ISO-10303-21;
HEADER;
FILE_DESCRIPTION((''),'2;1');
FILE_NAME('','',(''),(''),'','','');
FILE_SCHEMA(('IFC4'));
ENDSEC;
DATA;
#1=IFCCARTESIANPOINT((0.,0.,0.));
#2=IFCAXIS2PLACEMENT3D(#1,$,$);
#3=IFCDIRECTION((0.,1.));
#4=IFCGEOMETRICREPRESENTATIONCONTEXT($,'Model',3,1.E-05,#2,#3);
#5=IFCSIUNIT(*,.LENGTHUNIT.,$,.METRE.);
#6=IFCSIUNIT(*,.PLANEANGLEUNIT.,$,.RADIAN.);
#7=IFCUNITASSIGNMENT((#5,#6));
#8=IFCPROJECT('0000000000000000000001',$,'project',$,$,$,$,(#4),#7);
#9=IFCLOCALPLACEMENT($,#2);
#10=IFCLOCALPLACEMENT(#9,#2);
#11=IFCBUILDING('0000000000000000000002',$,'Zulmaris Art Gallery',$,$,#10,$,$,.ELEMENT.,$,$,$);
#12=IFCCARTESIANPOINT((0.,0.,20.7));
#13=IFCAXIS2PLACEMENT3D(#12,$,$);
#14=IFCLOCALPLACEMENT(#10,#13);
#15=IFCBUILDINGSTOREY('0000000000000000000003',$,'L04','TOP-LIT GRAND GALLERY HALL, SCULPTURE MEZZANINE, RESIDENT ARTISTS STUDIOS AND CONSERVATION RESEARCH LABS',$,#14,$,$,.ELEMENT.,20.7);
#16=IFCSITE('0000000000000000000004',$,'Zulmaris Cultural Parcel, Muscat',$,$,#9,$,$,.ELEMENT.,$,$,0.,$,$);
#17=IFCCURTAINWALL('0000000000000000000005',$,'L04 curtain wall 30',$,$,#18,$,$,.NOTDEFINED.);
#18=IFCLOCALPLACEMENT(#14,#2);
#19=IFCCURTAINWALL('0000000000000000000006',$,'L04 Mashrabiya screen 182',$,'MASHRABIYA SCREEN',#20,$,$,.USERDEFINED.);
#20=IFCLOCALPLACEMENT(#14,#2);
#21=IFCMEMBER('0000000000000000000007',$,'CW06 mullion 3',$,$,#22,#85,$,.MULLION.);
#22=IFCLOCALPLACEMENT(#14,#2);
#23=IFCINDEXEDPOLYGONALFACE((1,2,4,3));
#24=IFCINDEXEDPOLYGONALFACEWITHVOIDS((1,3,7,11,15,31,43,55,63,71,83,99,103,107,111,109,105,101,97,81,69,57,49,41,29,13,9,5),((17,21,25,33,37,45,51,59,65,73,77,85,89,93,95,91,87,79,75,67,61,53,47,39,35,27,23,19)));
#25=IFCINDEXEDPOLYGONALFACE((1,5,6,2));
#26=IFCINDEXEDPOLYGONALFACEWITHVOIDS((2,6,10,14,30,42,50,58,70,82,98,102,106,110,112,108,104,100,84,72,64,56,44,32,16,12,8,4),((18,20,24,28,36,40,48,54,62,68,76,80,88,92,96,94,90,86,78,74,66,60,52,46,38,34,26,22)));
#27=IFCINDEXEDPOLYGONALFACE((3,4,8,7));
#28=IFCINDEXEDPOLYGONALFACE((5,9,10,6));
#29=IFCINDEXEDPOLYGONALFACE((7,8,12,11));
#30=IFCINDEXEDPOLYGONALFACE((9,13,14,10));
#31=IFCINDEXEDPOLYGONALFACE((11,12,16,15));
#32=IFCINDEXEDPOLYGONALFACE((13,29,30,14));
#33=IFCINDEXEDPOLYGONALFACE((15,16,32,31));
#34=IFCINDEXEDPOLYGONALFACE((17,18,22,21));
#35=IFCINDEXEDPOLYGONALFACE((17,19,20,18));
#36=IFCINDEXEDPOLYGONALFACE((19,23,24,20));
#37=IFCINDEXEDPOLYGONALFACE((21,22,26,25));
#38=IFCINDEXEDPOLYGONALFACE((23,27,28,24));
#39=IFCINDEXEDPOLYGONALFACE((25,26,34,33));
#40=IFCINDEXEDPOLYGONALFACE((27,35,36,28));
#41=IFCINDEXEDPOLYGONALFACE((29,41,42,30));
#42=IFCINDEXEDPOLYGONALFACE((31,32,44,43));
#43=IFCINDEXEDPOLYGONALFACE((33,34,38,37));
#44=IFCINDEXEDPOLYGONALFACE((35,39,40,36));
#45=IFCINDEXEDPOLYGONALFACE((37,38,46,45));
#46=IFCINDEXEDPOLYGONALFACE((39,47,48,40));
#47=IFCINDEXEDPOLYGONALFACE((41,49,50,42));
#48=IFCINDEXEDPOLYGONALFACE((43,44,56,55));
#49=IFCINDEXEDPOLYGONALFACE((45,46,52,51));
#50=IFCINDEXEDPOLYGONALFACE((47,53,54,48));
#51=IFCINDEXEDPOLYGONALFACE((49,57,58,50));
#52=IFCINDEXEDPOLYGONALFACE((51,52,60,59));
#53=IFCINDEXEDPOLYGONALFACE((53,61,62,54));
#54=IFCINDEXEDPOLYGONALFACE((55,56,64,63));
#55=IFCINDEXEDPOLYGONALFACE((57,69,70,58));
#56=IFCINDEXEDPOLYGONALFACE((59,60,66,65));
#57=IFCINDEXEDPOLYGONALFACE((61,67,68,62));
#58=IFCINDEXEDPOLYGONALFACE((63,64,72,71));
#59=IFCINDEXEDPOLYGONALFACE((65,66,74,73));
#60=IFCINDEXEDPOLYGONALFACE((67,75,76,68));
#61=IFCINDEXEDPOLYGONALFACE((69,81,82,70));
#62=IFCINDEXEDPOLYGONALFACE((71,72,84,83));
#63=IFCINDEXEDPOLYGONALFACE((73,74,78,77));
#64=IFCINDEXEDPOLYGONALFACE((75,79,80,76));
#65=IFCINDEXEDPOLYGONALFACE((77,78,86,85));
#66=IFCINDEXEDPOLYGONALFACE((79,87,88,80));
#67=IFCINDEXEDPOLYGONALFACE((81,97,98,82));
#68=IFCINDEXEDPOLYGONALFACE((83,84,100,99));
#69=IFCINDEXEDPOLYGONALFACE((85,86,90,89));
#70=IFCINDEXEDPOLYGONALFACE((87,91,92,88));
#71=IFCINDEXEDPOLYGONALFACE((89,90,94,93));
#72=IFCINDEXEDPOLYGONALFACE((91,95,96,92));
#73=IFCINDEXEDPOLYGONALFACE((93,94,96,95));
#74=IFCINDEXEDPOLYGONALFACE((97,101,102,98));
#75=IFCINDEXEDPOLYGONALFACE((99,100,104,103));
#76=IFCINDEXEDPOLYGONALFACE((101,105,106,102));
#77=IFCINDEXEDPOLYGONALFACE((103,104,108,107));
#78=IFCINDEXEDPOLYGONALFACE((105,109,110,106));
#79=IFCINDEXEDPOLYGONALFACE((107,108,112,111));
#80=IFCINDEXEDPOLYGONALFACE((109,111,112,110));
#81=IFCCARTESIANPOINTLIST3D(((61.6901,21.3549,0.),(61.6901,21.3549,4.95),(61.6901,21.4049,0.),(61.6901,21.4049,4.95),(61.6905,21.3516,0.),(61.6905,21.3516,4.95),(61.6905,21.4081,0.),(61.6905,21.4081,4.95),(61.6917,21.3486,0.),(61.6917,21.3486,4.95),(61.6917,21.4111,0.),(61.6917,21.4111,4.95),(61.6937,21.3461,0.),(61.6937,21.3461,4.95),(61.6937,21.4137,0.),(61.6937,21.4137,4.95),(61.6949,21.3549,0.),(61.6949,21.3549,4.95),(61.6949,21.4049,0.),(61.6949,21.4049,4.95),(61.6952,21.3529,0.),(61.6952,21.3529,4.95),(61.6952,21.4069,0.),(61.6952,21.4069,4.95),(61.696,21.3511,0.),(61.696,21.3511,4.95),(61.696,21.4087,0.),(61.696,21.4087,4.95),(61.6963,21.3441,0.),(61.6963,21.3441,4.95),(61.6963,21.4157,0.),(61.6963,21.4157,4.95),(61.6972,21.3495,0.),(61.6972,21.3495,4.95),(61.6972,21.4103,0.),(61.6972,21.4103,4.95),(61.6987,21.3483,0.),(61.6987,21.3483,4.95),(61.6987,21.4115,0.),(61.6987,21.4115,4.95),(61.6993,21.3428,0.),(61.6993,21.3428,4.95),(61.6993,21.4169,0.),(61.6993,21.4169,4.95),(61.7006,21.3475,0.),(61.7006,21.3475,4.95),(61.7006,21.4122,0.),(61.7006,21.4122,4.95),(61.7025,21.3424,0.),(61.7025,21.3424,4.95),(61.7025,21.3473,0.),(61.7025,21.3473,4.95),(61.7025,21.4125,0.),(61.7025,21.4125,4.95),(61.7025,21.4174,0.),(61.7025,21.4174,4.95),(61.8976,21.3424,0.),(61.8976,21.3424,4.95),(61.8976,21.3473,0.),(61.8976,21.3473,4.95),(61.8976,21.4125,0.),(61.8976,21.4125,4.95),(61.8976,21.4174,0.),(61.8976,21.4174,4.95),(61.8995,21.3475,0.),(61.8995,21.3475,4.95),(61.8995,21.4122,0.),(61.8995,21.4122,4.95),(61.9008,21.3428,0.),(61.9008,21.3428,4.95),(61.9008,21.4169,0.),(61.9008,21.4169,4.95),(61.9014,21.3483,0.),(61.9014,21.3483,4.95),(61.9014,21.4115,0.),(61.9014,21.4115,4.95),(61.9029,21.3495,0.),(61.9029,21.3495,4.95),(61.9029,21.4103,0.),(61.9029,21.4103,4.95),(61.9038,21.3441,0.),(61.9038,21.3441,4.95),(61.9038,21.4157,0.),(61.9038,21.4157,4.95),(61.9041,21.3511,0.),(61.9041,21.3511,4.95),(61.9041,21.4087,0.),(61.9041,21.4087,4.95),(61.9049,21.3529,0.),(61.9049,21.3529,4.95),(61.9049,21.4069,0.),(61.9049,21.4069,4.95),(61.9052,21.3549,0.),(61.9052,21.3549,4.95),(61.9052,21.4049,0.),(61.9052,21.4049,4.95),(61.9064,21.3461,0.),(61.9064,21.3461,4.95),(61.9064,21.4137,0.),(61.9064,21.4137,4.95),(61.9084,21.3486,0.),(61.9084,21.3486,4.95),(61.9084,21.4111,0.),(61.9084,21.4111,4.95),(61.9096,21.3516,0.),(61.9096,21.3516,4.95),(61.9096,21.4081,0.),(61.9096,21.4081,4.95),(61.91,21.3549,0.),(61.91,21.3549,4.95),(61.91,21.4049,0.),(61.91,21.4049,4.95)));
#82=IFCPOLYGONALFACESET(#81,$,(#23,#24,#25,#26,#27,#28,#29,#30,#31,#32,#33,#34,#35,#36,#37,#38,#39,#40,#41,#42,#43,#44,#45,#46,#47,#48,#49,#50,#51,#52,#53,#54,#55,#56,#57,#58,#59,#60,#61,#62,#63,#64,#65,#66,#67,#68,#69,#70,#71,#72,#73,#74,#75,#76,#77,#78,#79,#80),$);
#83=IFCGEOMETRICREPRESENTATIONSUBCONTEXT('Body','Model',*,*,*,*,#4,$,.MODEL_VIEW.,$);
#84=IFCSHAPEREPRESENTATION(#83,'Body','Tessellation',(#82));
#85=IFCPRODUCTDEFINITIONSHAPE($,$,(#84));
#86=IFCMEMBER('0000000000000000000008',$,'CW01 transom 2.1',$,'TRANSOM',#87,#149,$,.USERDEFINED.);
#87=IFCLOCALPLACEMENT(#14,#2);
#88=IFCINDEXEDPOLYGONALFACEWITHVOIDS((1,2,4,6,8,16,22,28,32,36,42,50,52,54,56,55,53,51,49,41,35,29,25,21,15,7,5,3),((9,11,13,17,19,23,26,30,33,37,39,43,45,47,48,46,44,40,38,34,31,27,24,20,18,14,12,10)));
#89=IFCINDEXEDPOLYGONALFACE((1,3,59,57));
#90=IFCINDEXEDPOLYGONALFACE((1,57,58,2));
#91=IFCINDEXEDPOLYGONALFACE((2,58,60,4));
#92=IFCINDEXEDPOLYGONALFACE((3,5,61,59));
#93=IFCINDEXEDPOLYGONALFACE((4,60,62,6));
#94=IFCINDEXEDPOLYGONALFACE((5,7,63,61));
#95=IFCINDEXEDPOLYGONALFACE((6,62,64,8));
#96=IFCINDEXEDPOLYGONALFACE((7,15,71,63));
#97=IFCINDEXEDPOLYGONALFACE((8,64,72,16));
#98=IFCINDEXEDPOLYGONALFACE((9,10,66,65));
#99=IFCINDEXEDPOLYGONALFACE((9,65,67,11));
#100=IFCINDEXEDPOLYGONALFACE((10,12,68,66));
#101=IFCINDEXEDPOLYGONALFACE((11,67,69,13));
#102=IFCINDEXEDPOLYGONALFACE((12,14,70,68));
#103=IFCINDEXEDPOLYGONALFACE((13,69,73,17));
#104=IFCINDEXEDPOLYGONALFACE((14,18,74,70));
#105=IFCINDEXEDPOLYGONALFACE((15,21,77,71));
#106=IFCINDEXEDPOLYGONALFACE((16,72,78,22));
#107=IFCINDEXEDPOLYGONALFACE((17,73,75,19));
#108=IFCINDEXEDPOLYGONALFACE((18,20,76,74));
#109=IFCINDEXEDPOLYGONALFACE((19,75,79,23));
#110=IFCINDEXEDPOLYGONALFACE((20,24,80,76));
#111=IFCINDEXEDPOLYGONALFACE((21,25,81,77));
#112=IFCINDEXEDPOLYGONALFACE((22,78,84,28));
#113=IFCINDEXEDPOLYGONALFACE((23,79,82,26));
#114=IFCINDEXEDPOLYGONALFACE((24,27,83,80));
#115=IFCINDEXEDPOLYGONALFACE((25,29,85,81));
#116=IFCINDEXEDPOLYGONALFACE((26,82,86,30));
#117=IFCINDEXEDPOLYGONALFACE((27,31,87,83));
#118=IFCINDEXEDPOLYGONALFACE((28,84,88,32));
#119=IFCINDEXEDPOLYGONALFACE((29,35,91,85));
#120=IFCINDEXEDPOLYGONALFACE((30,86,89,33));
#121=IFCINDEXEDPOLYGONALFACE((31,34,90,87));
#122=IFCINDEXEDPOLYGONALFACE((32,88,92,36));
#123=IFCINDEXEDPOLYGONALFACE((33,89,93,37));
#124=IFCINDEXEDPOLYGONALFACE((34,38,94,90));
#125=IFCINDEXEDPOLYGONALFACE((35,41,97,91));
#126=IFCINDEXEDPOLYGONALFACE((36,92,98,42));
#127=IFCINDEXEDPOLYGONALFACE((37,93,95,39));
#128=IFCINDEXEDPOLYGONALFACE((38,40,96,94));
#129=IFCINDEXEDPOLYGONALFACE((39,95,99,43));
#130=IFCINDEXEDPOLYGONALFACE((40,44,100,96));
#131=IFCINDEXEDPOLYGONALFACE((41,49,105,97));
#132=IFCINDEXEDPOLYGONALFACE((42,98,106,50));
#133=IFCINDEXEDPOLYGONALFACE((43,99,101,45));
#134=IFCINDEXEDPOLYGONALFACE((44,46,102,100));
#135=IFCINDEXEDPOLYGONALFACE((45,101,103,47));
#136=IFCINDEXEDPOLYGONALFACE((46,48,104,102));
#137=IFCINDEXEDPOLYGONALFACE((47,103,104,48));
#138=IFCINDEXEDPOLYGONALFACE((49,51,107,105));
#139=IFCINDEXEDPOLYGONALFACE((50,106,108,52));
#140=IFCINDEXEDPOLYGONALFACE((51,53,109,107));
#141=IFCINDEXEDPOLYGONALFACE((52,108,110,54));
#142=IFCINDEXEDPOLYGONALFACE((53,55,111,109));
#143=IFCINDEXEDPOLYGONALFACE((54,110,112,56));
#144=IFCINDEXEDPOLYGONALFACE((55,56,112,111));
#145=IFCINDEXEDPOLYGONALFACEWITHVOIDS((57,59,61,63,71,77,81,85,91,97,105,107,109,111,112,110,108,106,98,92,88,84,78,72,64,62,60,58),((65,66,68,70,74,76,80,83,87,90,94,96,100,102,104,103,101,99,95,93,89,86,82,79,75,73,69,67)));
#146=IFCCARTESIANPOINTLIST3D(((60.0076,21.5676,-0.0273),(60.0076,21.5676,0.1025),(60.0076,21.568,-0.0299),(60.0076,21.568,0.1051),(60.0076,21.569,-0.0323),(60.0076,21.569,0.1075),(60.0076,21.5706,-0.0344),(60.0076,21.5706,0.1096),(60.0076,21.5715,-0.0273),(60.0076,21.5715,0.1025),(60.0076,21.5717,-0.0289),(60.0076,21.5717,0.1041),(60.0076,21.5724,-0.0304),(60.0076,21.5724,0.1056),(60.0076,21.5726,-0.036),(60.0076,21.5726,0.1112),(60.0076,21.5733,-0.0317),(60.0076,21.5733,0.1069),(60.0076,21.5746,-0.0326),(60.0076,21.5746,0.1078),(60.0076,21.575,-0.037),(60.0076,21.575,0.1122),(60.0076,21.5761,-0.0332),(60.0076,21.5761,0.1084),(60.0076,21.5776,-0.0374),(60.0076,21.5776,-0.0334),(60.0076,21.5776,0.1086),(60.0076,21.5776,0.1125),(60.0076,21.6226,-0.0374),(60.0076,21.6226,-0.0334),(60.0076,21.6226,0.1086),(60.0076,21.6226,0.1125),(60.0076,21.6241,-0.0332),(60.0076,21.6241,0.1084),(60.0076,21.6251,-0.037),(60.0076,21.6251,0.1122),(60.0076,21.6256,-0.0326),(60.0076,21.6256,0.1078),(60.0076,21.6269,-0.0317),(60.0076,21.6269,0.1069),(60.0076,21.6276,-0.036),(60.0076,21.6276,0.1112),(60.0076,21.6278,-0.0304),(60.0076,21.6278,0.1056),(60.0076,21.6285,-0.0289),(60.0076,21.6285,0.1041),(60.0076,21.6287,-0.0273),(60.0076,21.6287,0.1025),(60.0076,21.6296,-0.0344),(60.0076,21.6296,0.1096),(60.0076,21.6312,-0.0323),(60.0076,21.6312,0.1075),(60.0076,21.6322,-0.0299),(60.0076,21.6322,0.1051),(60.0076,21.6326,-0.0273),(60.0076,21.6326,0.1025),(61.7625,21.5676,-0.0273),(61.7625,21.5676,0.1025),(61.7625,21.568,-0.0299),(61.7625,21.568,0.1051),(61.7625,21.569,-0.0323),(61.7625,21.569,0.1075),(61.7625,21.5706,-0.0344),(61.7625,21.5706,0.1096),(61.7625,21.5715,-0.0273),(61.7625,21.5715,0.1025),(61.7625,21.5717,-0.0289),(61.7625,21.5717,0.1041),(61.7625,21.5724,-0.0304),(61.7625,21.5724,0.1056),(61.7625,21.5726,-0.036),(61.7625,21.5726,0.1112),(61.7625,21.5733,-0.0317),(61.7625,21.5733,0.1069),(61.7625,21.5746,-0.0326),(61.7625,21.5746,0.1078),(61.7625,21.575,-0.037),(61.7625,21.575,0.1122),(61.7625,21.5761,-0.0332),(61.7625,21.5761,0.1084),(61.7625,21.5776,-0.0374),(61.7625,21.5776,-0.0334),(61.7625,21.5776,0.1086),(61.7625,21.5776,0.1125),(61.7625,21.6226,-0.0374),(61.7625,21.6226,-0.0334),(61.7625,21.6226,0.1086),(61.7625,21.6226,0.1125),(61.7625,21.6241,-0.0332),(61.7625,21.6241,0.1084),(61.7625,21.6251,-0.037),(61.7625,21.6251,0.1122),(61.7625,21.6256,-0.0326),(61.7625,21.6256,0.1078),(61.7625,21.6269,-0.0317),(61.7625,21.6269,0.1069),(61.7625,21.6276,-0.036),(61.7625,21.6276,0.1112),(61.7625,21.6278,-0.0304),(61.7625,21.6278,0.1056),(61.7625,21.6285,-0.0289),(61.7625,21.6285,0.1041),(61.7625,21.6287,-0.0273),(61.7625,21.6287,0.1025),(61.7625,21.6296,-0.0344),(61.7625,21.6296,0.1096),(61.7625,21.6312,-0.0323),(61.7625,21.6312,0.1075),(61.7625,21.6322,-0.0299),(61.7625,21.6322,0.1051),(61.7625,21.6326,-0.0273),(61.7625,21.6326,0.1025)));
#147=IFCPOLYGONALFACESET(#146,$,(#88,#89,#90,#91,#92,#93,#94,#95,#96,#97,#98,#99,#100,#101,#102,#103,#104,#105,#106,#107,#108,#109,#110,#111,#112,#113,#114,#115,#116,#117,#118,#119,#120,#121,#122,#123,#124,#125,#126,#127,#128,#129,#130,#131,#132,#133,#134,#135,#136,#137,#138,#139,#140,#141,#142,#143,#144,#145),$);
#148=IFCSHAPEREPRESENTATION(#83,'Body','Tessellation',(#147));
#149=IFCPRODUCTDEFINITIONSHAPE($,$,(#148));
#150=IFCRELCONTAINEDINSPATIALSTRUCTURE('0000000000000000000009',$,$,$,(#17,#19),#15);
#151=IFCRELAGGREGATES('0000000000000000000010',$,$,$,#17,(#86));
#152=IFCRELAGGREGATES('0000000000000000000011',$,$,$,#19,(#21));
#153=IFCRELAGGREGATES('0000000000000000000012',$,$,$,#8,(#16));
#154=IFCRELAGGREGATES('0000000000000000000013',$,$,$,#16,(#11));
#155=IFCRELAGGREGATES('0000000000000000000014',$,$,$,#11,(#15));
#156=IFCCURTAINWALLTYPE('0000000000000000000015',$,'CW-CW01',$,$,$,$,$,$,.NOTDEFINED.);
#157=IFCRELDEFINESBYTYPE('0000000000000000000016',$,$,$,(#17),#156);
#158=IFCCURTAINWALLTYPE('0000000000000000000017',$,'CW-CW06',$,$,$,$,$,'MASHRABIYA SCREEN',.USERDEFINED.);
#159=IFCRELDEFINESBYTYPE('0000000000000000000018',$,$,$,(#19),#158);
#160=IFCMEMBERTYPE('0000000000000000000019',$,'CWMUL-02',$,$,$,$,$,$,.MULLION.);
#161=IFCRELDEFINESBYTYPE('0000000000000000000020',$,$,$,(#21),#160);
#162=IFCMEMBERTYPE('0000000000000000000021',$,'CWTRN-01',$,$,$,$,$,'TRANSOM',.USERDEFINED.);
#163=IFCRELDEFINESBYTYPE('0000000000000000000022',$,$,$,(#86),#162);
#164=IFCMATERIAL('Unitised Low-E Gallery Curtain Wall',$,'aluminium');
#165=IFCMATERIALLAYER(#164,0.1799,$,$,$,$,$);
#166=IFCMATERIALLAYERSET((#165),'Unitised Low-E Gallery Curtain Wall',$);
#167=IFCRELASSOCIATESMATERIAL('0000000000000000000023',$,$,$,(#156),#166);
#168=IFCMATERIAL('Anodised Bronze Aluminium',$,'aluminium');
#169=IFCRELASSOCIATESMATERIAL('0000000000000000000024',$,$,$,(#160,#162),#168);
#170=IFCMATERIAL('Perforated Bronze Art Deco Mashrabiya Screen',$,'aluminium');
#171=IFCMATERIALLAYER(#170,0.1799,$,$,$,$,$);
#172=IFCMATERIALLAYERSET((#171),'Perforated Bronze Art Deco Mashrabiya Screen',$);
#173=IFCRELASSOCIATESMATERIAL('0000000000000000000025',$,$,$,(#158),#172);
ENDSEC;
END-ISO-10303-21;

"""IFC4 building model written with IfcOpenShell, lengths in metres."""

from ifc_helpers import new_model, si_unit, direction, frame, origin, origin_2d, place, context, subcontext, project, spatial, hollow_rectangle, extrude, material, layer, layer_set, material_profile, profile_set, type_object, element, aggregate, save


model = new_model("IFC4")

# Units and contexts
model_context = context("Model", 3, precision=1e-05, world=origin(), true_north=direction((0.0, 1.0)))
body_context = subcontext(model_context, "Body", "Model", "MODEL_VIEW")
ifc_project = project(units=[si_unit("LENGTHUNIT", "METRE"), si_unit("PLANEANGLEUNIT", "RADIAN")], contexts=[model_context])

# Site, building, storey
site_placement = place(None, origin())
site = spatial("IfcSite", under=ifc_project, at=site_placement, Name="Zulmaris Cultural Parcel, Muscat", CompositionType="ELEMENT", RefElevation=0.0)
building_placement = place(site_placement, origin())
building = spatial("IfcBuilding", under=site, at=building_placement, Name="Zulmaris Art Gallery", CompositionType="ELEMENT")
storey_placement = place(building_placement, frame((0.0, 0.0, 20.7)))
storey = spatial("IfcBuildingStorey", under=building, at=storey_placement, Name="L04", Description="TOP-LIT GRAND GALLERY HALL, SCULPTURE MEZZANINE, RESIDENT ARTISTS STUDIOS AND CONSERVATION RESEARCH LABS", CompositionType="ELEMENT", Elevation=20.7)

# Curtain wall
ifc_material_1 = material(Name="Unitised Low-E Gallery Curtain Wall", Category="aluminium")
ifc_layer_1 = layer(ifc_material_1, 0.1799)
ifc_layer_set_1 = layer_set([ifc_layer_1], Name="Unitised Low-E Gallery Curtain Wall")
curtain_wall_type_1 = type_object("IfcCurtainWallType", Name="CW-CW01", PredefinedType="NOTDEFINED", material=ifc_layer_set_1)
curtain_wall_1_placement = place(storey_placement, origin())
curtain_wall_1 = element("IfcCurtainWall", 1, at=curtain_wall_1_placement, inside=storey, type_object=curtain_wall_type_1, Name="L04 curtain wall 30", PredefinedType="NOTDEFINED")
ifc_material_2 = material(Name="Anodised Bronze Aluminium", Category="aluminium")
ifc_material_profile_1 = material_profile(ifc_material_2, hollow_rectangle(XDim=0.075, YDim=0.22, WallThickness=0.0049, InnerFilletRadius=0.0076, OuterFilletRadius=0.0125, at=origin_2d()), Name="ALU 75x220x5")
ifc_profile_set_1 = profile_set([ifc_material_profile_1], Name="Anodised Bronze Aluminium")
member_type_1 = type_object("IfcMemberType", Name="CWMUL-02", PredefinedType="MULLION", material=ifc_profile_set_1)

# Curtain wall, member
ifc_material_3 = material(Name="Perforated Bronze Art Deco Mashrabiya Screen", Category="aluminium")
ifc_layer_2 = layer(ifc_material_3, 0.1799)
ifc_layer_set_2 = layer_set([ifc_layer_2], Name="Perforated Bronze Art Deco Mashrabiya Screen")
curtain_wall_type_2 = type_object("IfcCurtainWallType", Name="CW-CW06", ElementType="MASHRABIYA SCREEN", PredefinedType="USERDEFINED", material=ifc_layer_set_2)
curtain_wall_2_placement = place(storey_placement, origin())
curtain_wall_2 = element("IfcCurtainWall", 2, at=curtain_wall_2_placement, inside=storey, type_object=curtain_wall_type_2, Name="L04 Mashrabiya screen 182", ObjectType="MASHRABIYA SCREEN", PredefinedType="USERDEFINED")
member_1_placement = place(storey_placement, frame((61.8, 21.3799, 0.0), z_axis=(0.0, 0.0, 1.0), x_axis=(0.0, 1.0, 0.0)))
member_1 = element("IfcMember", 3, at=member_1_placement, type_object=member_type_1, Name="CW06 mullion 3", PredefinedType="MULLION", context=body_context, shape_type="SweptSolid", body=[
    extrude(hollow_rectangle(XDim=0.075, YDim=0.22, WallThickness=0.0049, InnerFilletRadius=0.0076, OuterFilletRadius=0.0125, at=origin_2d()), origin(), (0.0, 0.0, 1.0), 4.95),
])

# Member
ifc_material_profile_2 = material_profile(ifc_material_2, hollow_rectangle(XDim=0.0649, YDim=0.1499, WallThickness=0.0039, InnerFilletRadius=0.0061, OuterFilletRadius=0.01, at=origin_2d()), Name="ALU 65x150x4")
ifc_profile_set_2 = profile_set([ifc_material_profile_2], Name="Anodised Bronze Aluminium")
member_type_2 = type_object("IfcMemberType", Name="CWTRN-01", ElementType="TRANSOM", PredefinedType="USERDEFINED", material=ifc_profile_set_2)
member_2_placement = place(storey_placement, frame((60.0076, 21.6001, 0.0376), z_axis=(1.0, 0.0, 0.0), x_axis=(0.0, 1.0, 0.0)))
member_2 = element("IfcMember", 4, at=member_2_placement, type_object=member_type_2, Name="CW01 transom 2.1", ObjectType="TRANSOM", PredefinedType="USERDEFINED", context=body_context, shape_type="SweptSolid", body=[
    extrude(hollow_rectangle(XDim=0.0649, YDim=0.1499, WallThickness=0.0039, InnerFilletRadius=0.0061, OuterFilletRadius=0.01, at=origin_2d()), origin(), (0.0, 0.0, 1.0), 1.7549),
])

aggregate(curtain_wall_1, [member_2])
aggregate(curtain_wall_2, [member_1])

save(model, "model.ifc")
